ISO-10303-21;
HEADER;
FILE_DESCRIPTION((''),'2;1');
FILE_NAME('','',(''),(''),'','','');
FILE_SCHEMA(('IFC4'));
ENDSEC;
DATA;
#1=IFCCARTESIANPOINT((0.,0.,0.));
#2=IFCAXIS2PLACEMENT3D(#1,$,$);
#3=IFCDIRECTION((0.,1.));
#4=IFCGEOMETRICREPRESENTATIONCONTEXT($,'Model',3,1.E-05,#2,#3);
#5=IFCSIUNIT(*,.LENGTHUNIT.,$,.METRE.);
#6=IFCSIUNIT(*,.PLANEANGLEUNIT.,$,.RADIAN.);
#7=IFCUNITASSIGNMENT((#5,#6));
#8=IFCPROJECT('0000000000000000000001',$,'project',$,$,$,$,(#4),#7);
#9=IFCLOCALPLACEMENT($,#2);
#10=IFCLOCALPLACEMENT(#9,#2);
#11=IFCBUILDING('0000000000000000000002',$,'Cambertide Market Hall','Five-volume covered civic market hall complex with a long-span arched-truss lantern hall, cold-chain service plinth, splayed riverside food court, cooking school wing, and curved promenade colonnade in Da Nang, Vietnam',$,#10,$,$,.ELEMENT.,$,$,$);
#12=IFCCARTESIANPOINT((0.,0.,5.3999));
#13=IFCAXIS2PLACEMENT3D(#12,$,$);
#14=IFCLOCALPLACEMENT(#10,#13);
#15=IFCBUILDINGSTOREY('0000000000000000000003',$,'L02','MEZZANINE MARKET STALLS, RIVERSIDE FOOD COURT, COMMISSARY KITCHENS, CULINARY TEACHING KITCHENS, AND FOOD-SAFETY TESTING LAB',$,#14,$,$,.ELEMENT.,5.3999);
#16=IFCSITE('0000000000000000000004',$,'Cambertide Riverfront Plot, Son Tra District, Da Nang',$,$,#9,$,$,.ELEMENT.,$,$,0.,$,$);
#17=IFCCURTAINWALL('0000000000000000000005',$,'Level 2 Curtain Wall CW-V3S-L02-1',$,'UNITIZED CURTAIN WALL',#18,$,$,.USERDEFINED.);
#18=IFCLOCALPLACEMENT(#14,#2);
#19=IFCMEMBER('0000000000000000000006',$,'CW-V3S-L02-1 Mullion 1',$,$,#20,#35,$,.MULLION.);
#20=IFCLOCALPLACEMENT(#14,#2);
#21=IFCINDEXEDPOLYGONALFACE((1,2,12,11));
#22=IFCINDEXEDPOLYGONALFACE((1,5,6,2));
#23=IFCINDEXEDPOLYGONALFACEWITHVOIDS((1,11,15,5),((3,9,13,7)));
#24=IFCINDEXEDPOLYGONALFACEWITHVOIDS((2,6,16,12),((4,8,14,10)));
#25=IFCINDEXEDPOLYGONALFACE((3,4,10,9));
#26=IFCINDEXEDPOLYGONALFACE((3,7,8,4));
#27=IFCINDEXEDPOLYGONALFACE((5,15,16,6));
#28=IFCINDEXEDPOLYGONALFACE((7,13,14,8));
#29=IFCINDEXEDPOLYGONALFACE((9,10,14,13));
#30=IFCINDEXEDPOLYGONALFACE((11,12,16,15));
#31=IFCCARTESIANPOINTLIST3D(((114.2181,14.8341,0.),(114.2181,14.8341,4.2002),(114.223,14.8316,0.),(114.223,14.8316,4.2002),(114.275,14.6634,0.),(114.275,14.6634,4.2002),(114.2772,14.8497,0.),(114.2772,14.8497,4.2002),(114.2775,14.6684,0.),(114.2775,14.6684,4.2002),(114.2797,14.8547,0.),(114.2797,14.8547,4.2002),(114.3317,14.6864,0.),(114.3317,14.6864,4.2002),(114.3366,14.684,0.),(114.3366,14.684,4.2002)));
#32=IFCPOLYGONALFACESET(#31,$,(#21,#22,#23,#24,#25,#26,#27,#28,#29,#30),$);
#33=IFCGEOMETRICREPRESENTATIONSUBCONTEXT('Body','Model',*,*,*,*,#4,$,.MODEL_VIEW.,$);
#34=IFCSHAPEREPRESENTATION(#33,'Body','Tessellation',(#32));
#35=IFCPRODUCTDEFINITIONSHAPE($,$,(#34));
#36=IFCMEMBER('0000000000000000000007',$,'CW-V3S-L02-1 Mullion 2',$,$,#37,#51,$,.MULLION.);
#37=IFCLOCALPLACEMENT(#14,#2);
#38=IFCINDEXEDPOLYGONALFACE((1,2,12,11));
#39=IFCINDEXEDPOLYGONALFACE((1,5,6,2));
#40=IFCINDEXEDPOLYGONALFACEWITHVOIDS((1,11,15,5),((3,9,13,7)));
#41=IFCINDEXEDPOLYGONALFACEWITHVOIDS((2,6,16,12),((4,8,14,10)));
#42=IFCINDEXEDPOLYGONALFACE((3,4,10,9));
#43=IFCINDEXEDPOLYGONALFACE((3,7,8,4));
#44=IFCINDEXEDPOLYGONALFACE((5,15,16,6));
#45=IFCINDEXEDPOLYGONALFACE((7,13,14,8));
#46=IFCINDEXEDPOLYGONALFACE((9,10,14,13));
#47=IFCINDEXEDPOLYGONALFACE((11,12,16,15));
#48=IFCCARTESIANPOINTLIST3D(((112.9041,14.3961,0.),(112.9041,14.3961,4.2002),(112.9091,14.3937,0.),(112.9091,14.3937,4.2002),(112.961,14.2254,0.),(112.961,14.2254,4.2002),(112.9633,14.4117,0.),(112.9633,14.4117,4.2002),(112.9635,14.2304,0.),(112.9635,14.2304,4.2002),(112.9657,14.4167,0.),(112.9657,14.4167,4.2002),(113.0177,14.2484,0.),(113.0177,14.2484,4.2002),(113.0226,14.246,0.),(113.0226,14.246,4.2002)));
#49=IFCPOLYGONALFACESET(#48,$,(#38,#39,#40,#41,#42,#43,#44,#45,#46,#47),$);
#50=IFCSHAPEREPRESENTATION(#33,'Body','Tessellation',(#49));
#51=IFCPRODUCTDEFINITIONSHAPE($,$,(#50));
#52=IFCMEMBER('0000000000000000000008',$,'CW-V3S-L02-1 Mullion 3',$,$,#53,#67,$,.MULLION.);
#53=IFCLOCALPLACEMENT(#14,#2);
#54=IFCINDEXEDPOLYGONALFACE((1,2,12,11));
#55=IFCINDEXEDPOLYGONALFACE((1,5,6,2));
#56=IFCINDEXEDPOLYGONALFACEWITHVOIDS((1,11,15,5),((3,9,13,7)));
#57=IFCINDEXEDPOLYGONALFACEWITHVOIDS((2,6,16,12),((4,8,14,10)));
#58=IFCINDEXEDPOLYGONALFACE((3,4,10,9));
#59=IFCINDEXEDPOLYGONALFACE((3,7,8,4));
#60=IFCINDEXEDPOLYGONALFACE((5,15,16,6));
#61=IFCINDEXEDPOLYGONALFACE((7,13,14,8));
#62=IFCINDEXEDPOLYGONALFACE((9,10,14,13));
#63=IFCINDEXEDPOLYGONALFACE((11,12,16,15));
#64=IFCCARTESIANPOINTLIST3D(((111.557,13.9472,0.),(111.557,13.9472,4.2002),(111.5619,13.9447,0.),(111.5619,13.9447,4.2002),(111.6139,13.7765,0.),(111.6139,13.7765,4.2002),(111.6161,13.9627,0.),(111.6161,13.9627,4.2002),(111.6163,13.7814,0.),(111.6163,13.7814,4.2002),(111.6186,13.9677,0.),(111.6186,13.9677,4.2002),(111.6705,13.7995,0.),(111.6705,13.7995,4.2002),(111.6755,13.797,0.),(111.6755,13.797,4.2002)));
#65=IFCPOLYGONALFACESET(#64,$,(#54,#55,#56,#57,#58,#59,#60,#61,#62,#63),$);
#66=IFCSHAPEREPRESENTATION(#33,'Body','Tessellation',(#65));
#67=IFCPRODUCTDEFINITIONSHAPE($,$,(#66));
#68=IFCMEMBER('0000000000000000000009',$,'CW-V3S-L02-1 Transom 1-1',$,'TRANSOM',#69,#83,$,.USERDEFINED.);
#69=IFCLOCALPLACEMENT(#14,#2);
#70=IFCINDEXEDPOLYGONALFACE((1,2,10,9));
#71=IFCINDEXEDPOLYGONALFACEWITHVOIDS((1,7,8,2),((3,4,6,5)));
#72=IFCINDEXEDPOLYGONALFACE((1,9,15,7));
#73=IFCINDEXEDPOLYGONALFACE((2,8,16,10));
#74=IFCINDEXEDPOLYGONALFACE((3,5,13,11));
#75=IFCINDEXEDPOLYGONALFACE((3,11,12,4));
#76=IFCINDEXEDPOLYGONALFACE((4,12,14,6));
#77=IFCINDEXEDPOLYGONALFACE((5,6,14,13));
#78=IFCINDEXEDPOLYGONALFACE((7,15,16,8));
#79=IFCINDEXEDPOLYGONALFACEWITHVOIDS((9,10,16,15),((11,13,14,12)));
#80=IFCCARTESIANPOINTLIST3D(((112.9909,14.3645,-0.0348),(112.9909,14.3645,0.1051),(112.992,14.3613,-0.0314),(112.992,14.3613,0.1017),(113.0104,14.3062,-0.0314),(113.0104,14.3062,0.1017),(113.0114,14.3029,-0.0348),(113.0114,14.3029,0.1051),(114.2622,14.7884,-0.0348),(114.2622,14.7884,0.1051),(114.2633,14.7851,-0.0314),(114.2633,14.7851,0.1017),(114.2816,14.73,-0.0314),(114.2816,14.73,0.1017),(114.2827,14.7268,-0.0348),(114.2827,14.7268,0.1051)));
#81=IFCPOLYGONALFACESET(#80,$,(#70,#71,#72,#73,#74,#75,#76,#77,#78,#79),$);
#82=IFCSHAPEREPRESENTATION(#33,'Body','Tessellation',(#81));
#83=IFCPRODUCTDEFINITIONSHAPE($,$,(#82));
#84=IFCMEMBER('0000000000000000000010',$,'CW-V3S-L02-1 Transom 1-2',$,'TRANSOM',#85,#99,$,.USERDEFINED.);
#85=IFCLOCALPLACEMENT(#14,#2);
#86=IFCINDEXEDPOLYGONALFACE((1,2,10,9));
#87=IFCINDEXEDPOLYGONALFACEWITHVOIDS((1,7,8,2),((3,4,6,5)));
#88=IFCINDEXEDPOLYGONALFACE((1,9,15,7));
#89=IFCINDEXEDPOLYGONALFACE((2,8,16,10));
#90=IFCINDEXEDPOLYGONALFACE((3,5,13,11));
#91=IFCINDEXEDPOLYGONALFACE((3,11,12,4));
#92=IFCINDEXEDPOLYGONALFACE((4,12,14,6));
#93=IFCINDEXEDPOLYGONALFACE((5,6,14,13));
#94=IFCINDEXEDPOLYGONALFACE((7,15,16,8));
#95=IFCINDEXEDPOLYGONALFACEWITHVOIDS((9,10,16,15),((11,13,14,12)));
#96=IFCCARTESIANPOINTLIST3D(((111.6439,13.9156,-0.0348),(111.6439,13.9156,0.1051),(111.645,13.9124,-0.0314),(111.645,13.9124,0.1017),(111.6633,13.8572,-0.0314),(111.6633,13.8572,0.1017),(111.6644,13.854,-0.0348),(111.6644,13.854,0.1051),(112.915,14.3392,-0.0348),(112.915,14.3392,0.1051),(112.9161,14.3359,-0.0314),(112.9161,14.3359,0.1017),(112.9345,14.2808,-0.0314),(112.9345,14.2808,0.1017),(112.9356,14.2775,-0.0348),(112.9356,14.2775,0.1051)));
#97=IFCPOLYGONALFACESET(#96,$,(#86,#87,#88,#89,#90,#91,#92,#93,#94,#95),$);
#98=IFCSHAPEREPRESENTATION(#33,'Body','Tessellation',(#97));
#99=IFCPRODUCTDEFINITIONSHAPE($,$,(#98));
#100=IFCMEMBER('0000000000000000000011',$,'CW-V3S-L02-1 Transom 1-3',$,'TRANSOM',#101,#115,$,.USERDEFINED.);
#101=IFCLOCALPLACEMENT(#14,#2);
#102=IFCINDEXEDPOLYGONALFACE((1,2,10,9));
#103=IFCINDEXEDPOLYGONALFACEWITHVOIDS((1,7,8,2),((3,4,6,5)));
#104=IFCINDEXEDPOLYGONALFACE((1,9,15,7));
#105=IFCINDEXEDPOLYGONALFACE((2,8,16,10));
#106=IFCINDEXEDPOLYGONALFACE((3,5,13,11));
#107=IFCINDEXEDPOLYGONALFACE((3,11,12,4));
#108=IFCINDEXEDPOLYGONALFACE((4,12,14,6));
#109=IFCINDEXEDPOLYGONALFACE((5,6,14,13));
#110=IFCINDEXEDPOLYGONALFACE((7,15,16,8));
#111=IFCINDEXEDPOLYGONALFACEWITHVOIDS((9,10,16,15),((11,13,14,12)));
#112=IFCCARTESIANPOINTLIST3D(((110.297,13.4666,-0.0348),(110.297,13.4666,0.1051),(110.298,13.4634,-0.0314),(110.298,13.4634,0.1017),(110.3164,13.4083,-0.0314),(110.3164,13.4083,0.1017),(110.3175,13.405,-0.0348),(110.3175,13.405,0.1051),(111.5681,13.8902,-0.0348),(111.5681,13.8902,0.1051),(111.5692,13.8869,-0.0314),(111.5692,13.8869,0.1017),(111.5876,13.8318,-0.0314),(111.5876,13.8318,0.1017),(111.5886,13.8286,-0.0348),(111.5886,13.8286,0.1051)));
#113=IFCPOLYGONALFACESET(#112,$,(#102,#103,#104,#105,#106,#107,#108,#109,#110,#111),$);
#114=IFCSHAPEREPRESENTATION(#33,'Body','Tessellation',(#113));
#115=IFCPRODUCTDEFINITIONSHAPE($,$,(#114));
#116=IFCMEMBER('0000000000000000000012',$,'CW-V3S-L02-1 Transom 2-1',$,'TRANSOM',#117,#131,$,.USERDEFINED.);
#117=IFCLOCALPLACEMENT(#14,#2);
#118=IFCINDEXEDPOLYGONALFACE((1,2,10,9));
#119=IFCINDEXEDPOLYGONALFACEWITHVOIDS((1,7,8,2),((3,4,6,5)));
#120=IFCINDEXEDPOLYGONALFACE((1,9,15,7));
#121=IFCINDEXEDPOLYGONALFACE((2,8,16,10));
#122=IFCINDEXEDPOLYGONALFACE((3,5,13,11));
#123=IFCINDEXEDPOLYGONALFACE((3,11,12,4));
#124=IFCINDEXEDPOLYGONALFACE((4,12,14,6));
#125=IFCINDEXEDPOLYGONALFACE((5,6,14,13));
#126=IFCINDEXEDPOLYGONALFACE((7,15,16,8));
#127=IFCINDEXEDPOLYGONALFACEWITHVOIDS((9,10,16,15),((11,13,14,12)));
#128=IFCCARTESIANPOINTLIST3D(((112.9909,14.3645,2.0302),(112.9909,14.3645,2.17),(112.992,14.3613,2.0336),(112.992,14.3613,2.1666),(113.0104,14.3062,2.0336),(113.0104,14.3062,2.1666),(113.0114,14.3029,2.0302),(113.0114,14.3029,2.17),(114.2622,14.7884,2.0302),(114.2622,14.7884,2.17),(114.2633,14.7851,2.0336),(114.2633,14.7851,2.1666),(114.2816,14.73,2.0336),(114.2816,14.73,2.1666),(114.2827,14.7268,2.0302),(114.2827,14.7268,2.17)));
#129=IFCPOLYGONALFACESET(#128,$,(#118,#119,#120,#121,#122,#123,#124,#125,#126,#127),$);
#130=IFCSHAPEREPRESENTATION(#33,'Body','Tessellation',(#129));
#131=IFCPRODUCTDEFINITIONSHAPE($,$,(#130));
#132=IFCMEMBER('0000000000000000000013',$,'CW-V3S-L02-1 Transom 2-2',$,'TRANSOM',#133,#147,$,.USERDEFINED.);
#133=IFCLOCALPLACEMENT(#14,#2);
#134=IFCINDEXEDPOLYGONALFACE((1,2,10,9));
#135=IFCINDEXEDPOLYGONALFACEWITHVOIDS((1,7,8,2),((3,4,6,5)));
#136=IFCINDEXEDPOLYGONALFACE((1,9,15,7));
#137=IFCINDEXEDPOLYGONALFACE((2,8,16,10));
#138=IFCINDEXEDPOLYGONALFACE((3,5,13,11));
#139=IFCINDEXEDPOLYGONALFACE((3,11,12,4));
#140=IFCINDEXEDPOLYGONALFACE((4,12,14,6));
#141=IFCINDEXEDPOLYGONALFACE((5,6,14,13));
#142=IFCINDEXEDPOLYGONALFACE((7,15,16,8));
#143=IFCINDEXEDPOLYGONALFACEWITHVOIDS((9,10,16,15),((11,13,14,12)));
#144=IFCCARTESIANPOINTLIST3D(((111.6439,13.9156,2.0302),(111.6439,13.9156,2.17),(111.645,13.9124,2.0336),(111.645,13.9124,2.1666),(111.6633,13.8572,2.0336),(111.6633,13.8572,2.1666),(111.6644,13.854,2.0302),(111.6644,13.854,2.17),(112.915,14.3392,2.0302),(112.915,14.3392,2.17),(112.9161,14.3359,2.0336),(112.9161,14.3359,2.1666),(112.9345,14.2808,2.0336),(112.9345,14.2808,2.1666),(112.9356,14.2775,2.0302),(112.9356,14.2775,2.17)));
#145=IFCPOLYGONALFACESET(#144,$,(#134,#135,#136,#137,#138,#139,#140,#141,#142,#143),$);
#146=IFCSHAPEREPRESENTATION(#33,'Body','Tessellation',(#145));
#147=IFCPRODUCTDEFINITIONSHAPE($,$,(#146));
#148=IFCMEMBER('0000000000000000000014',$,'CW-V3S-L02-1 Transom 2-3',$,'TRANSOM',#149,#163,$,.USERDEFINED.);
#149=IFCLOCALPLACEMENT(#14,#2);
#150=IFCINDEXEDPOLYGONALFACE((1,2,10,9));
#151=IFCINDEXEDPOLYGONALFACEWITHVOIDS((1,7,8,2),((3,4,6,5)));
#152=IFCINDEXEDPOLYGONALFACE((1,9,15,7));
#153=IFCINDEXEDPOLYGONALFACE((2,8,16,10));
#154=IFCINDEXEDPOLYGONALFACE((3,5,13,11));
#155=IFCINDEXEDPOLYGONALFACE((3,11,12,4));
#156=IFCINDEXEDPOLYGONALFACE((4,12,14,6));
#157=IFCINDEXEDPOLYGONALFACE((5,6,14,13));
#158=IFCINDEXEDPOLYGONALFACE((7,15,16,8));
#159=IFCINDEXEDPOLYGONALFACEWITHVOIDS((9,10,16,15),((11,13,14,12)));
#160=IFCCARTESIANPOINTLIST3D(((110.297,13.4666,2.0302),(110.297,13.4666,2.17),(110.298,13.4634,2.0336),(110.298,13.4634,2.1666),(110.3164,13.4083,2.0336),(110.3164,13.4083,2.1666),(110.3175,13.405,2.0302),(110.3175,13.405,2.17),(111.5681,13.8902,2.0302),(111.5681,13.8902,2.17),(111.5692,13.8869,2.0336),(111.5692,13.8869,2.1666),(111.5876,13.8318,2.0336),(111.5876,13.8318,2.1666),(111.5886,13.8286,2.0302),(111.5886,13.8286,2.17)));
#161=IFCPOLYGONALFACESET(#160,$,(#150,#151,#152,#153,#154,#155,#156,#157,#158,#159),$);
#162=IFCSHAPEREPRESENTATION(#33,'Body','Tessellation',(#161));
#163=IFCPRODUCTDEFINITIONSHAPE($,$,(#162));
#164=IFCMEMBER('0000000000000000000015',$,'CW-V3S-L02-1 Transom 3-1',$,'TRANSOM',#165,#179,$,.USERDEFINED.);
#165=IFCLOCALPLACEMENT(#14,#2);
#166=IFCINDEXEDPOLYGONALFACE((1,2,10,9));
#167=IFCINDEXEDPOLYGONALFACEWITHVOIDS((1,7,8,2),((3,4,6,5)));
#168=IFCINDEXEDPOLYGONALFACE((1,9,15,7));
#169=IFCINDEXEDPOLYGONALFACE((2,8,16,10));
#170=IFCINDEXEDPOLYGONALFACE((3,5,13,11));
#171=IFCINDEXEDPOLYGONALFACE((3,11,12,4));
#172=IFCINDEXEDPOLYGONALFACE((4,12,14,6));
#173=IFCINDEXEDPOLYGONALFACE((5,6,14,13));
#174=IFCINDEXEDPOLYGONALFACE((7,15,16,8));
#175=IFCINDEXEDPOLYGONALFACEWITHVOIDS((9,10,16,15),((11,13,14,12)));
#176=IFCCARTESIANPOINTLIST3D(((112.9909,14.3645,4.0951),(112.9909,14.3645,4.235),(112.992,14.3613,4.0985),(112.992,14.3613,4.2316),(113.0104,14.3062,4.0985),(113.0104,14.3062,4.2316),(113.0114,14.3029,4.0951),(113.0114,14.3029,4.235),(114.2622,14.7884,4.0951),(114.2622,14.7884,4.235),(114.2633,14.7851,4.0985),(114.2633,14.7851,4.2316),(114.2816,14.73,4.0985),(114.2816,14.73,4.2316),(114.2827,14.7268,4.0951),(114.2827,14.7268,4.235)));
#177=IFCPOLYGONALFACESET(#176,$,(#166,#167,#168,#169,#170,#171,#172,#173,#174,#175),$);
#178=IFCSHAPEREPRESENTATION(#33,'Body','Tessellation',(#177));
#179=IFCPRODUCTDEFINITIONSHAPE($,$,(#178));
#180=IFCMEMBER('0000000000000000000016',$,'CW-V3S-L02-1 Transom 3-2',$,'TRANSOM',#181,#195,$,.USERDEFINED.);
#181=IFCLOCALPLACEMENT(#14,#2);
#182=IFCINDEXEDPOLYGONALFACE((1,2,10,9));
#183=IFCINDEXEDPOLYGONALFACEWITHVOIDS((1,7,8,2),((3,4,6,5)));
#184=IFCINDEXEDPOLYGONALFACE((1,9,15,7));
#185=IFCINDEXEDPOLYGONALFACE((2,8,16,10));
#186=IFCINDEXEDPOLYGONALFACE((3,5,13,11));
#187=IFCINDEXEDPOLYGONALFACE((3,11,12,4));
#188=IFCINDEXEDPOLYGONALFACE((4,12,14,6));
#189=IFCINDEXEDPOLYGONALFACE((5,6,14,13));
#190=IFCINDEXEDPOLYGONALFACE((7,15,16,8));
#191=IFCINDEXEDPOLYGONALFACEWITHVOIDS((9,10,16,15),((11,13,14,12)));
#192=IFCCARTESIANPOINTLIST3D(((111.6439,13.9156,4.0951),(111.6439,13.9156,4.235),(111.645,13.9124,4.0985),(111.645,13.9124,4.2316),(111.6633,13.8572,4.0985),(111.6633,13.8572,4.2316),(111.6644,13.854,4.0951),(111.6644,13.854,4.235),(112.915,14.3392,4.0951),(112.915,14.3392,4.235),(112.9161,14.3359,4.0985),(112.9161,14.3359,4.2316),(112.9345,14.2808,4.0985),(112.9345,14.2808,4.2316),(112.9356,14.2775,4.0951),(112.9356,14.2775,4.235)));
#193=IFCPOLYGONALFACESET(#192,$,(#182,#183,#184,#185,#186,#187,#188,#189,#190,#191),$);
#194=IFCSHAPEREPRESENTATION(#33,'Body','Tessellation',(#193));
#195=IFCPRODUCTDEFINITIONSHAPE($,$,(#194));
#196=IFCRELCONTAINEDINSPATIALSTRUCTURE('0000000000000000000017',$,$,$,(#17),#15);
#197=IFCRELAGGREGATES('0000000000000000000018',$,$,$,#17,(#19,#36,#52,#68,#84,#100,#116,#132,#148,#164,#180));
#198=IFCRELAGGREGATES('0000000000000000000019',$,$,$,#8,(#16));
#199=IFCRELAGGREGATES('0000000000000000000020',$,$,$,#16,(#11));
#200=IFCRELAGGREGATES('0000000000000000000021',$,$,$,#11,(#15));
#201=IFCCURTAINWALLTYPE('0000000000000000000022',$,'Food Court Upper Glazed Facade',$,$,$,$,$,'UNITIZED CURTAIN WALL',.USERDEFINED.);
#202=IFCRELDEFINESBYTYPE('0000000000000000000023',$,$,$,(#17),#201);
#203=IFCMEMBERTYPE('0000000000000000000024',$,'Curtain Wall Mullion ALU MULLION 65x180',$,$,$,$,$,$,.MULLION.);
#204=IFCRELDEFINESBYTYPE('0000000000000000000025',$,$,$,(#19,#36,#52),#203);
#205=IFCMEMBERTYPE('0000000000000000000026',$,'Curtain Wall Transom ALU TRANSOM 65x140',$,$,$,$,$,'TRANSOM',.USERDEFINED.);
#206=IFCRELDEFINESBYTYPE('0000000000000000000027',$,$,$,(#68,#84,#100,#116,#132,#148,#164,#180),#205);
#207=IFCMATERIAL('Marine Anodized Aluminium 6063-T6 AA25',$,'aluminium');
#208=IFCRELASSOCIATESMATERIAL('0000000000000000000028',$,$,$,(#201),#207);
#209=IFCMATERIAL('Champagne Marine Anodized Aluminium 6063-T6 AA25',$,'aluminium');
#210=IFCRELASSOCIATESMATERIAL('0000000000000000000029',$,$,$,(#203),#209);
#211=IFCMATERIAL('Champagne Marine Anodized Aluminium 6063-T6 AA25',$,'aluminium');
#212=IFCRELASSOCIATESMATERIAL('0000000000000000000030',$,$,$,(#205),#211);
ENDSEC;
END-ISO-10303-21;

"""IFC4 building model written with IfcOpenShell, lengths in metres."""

from ifc_helpers import new_model, si_unit, direction, frame, origin, origin_2d, place, context, subcontext, project, spatial, hollow_rectangle, extrude, material, material_profile, profile_set, type_object, element, aggregate, save


model = new_model("IFC4")

# Units and contexts
model_context = context("Model", 3, precision=1e-05, world=origin(), true_north=direction((0.0, 1.0)))
body_context = subcontext(model_context, "Body", "Model", "MODEL_VIEW")
ifc_project = project(units=[si_unit("LENGTHUNIT", "METRE"), si_unit("PLANEANGLEUNIT", "RADIAN")], contexts=[model_context])

# Site, building, storey
site_placement = place(None, origin())
site = spatial("IfcSite", under=ifc_project, at=site_placement, Name="Cambertide Riverfront Plot, Son Tra District, Da Nang", CompositionType="ELEMENT", RefElevation=0.0)
building_placement = place(site_placement, origin())
building = spatial("IfcBuilding", under=site, at=building_placement, Name="Cambertide Market Hall", Description="Five-volume covered civic market hall complex with a long-span arched-truss lantern hall, cold-chain service plinth, splayed riverside food court, cooking school wing, and curved promenade colonnade in Da Nang, Vietnam", CompositionType="ELEMENT")
storey_placement = place(building_placement, frame((0.0, 0.0, 5.3999)))
storey = spatial("IfcBuildingStorey", under=building, at=storey_placement, Name="L02", Description="MEZZANINE MARKET STALLS, RIVERSIDE FOOD COURT, COMMISSARY KITCHENS, CULINARY TEACHING KITCHENS, AND FOOD-SAFETY TESTING LAB", CompositionType="ELEMENT", Elevation=5.3999)

# Curtain wall, members
ifc_material_1 = material(Name="Marine Anodized Aluminium 6063-T6 AA25", Category="aluminium")
curtain_wall_type = type_object("IfcCurtainWallType", Name="Food Court Upper Glazed Facade", ElementType="UNITIZED CURTAIN WALL", PredefinedType="USERDEFINED", material=ifc_material_1)
curtain_wall_placement = place(storey_placement, origin())
curtain_wall = element("IfcCurtainWall", 1, at=curtain_wall_placement, inside=storey, type_object=curtain_wall_type, Name="Level 2 Curtain Wall CW-V3S-L02-1", ObjectType="UNITIZED CURTAIN WALL", PredefinedType="USERDEFINED")
ifc_material_2 = material(Name="Champagne Marine Anodized Aluminium 6063-T6 AA25", Category="aluminium")
ifc_material_profile_1 = material_profile(ifc_material_2, hollow_rectangle(XDim=0.0649, YDim=0.1799, WallThickness=0.0039, at=origin_2d()), Name="ALU MULLION 65x180")
ifc_profile_set_1 = profile_set([ifc_material_profile_1], Name="Champagne Marine Anodized Aluminium 6063-T6 AA25")
member_type_1 = type_object("IfcMemberType", Name="Curtain Wall Mullion ALU MULLION 65x180", PredefinedType="MULLION", material=ifc_profile_set_1)
member_1_placement = place(storey_placement, frame((114.2773, 14.759, 0.0), z_axis=(0.0, 0.0, 1.0), x_axis=(-0.948683, -0.316228, 0.0)))
member_1 = element("IfcMember", 2, at=member_1_placement, type_object=member_type_1, Name="CW-V3S-L02-1 Mullion 1", PredefinedType="MULLION", context=body_context, shape_type="SweptSolid", body=[
    extrude(hollow_rectangle(XDim=0.0649, YDim=0.1799, WallThickness=0.0039, at=origin_2d()), origin(), (0.0, 0.0, 1.0), 4.2002),
])
member_2_placement = place(storey_placement, frame((112.9634, 14.321, 0.0), z_axis=(0.0, 0.0, 1.0), x_axis=(-0.948683, -0.316228, 0.0)))
member_2 = element("IfcMember", 3, at=member_2_placement, type_object=member_type_1, Name="CW-V3S-L02-1 Mullion 2", PredefinedType="MULLION", context=body_context, shape_type="SweptSolid", body=[
    extrude(hollow_rectangle(XDim=0.0649, YDim=0.1799, WallThickness=0.0039, at=origin_2d()), origin(), (0.0, 0.0, 1.0), 4.2002),
])
member_3_placement = place(storey_placement, frame((111.6162, 13.8721, 0.0), z_axis=(0.0, 0.0, 1.0), x_axis=(-0.948683, -0.316228, 0.0)))
member_3 = element("IfcMember", 4, at=member_3_placement, type_object=member_type_1, Name="CW-V3S-L02-1 Mullion 3", PredefinedType="MULLION", context=body_context, shape_type="SweptSolid", body=[
    extrude(hollow_rectangle(XDim=0.0649, YDim=0.1799, WallThickness=0.0039, at=origin_2d()), origin(), (0.0, 0.0, 1.0), 4.2002),
])
ifc_material_3 = material(Name="Champagne Marine Anodized Aluminium 6063-T6 AA25", Category="aluminium")
ifc_material_profile_2 = material_profile(ifc_material_3, hollow_rectangle(XDim=0.0649, YDim=0.1399, WallThickness=0.0034, at=origin_2d()), Name="ALU TRANSOM 65x140")
ifc_profile_set_2 = profile_set([ifc_material_profile_2], Name="Champagne Marine Anodized Aluminium 6063-T6 AA25")
member_type_2 = type_object("IfcMemberType", Name="Curtain Wall Transom ALU TRANSOM 65x140", ElementType="TRANSOM", PredefinedType="USERDEFINED", material=ifc_profile_set_2)
member_4_placement = place(storey_placement, frame((114.2725, 14.7576, 0.0352), z_axis=(-0.948665, -0.316282, 0.0), x_axis=(0.316282, -0.948665, 0.0)))
member_4 = element("IfcMember", 5, at=member_4_placement, type_object=member_type_2, Name="CW-V3S-L02-1 Transom 1-1", ObjectType="TRANSOM", PredefinedType="USERDEFINED", context=body_context, shape_type="SweptSolid", body=[
    extrude(hollow_rectangle(XDim=0.0649, YDim=0.1399, WallThickness=0.0034, at=origin_2d()), origin(), (0.0, 0.0, 1.0), 1.3401),
])
member_5_placement = place(storey_placement, frame((112.9253, 14.3083, 0.0352), z_axis=(-0.94872, -0.316118, 0.0), x_axis=(0.316118, -0.94872, 0.0)))
member_5 = element("IfcMember", 6, at=member_5_placement, type_object=member_type_2, Name="CW-V3S-L02-1 Transom 1-2", ObjectType="TRANSOM", PredefinedType="USERDEFINED", context=body_context, shape_type="SweptSolid", body=[
    extrude(hollow_rectangle(XDim=0.0649, YDim=0.1399, WallThickness=0.0034, at=origin_2d()), origin(), (0.0, 0.0, 1.0), 1.3398),
])
member_6_placement = place(storey_placement, frame((111.5784, 13.8594, 0.0352), z_axis=(-0.94872, -0.316118, 0.0), x_axis=(0.316118, -0.94872, 0.0)))
member_6 = element("IfcMember", 7, at=member_6_placement, type_object=member_type_2, Name="CW-V3S-L02-1 Transom 1-3", ObjectType="TRANSOM", PredefinedType="USERDEFINED", context=body_context, shape_type="SweptSolid", body=[
    extrude(hollow_rectangle(XDim=0.0649, YDim=0.1399, WallThickness=0.0034, at=origin_2d()), origin(), (0.0, 0.0, 1.0), 1.3398),
])
member_7_placement = place(storey_placement, frame((114.2725, 14.7576, 2.1001), z_axis=(-0.948665, -0.316282, 0.0), x_axis=(0.316282, -0.948665, 0.0)))
member_7 = element("IfcMember", 8, at=member_7_placement, type_object=member_type_2, Name="CW-V3S-L02-1 Transom 2-1", ObjectType="TRANSOM", PredefinedType="USERDEFINED", context=body_context, shape_type="SweptSolid", body=[
    extrude(hollow_rectangle(XDim=0.0649, YDim=0.1399, WallThickness=0.0034, at=origin_2d()), origin(), (0.0, 0.0, 1.0), 1.3401),
])
member_8_placement = place(storey_placement, frame((112.9253, 14.3083, 2.1001), z_axis=(-0.94872, -0.316118, 0.0), x_axis=(0.316118, -0.94872, 0.0)))
member_8 = element("IfcMember", 9, at=member_8_placement, type_object=member_type_2, Name="CW-V3S-L02-1 Transom 2-2", ObjectType="TRANSOM", PredefinedType="USERDEFINED", context=body_context, shape_type="SweptSolid", body=[
    extrude(hollow_rectangle(XDim=0.0649, YDim=0.1399, WallThickness=0.0034, at=origin_2d()), origin(), (0.0, 0.0, 1.0), 1.3398),
])
member_9_placement = place(storey_placement, frame((111.5784, 13.8594, 2.1001), z_axis=(-0.94872, -0.316118, 0.0), x_axis=(0.316118, -0.94872, 0.0)))
member_9 = element("IfcMember", 10, at=member_9_placement, type_object=member_type_2, Name="CW-V3S-L02-1 Transom 2-3", ObjectType="TRANSOM", PredefinedType="USERDEFINED", context=body_context, shape_type="SweptSolid", body=[
    extrude(hollow_rectangle(XDim=0.0649, YDim=0.1399, WallThickness=0.0034, at=origin_2d()), origin(), (0.0, 0.0, 1.0), 1.3398),
])
member_10_placement = place(storey_placement, frame((114.2725, 14.7576, 4.165), z_axis=(-0.948665, -0.316282, 0.0), x_axis=(0.316282, -0.948665, 0.0)))
member_10 = element("IfcMember", 11, at=member_10_placement, type_object=member_type_2, Name="CW-V3S-L02-1 Transom 3-1", ObjectType="TRANSOM", PredefinedType="USERDEFINED", context=body_context, shape_type="SweptSolid", body=[
    extrude(hollow_rectangle(XDim=0.0649, YDim=0.1399, WallThickness=0.0034, at=origin_2d()), origin(), (0.0, 0.0, 1.0), 1.3401),
])
member_11_placement = place(storey_placement, frame((112.9253, 14.3083, 4.165), z_axis=(-0.94872, -0.316118, 0.0), x_axis=(0.316118, -0.94872, 0.0)))
member_11 = element("IfcMember", 12, at=member_11_placement, type_object=member_type_2, Name="CW-V3S-L02-1 Transom 3-2", ObjectType="TRANSOM", PredefinedType="USERDEFINED", context=body_context, shape_type="SweptSolid", body=[
    extrude(hollow_rectangle(XDim=0.0649, YDim=0.1399, WallThickness=0.0034, at=origin_2d()), origin(), (0.0, 0.0, 1.0), 1.3398),
])

aggregate(curtain_wall, [member_1, member_2, member_3, member_4, member_5, member_6, member_7, member_8, member_9, member_10, member_11])

save(model, "model.ifc")
